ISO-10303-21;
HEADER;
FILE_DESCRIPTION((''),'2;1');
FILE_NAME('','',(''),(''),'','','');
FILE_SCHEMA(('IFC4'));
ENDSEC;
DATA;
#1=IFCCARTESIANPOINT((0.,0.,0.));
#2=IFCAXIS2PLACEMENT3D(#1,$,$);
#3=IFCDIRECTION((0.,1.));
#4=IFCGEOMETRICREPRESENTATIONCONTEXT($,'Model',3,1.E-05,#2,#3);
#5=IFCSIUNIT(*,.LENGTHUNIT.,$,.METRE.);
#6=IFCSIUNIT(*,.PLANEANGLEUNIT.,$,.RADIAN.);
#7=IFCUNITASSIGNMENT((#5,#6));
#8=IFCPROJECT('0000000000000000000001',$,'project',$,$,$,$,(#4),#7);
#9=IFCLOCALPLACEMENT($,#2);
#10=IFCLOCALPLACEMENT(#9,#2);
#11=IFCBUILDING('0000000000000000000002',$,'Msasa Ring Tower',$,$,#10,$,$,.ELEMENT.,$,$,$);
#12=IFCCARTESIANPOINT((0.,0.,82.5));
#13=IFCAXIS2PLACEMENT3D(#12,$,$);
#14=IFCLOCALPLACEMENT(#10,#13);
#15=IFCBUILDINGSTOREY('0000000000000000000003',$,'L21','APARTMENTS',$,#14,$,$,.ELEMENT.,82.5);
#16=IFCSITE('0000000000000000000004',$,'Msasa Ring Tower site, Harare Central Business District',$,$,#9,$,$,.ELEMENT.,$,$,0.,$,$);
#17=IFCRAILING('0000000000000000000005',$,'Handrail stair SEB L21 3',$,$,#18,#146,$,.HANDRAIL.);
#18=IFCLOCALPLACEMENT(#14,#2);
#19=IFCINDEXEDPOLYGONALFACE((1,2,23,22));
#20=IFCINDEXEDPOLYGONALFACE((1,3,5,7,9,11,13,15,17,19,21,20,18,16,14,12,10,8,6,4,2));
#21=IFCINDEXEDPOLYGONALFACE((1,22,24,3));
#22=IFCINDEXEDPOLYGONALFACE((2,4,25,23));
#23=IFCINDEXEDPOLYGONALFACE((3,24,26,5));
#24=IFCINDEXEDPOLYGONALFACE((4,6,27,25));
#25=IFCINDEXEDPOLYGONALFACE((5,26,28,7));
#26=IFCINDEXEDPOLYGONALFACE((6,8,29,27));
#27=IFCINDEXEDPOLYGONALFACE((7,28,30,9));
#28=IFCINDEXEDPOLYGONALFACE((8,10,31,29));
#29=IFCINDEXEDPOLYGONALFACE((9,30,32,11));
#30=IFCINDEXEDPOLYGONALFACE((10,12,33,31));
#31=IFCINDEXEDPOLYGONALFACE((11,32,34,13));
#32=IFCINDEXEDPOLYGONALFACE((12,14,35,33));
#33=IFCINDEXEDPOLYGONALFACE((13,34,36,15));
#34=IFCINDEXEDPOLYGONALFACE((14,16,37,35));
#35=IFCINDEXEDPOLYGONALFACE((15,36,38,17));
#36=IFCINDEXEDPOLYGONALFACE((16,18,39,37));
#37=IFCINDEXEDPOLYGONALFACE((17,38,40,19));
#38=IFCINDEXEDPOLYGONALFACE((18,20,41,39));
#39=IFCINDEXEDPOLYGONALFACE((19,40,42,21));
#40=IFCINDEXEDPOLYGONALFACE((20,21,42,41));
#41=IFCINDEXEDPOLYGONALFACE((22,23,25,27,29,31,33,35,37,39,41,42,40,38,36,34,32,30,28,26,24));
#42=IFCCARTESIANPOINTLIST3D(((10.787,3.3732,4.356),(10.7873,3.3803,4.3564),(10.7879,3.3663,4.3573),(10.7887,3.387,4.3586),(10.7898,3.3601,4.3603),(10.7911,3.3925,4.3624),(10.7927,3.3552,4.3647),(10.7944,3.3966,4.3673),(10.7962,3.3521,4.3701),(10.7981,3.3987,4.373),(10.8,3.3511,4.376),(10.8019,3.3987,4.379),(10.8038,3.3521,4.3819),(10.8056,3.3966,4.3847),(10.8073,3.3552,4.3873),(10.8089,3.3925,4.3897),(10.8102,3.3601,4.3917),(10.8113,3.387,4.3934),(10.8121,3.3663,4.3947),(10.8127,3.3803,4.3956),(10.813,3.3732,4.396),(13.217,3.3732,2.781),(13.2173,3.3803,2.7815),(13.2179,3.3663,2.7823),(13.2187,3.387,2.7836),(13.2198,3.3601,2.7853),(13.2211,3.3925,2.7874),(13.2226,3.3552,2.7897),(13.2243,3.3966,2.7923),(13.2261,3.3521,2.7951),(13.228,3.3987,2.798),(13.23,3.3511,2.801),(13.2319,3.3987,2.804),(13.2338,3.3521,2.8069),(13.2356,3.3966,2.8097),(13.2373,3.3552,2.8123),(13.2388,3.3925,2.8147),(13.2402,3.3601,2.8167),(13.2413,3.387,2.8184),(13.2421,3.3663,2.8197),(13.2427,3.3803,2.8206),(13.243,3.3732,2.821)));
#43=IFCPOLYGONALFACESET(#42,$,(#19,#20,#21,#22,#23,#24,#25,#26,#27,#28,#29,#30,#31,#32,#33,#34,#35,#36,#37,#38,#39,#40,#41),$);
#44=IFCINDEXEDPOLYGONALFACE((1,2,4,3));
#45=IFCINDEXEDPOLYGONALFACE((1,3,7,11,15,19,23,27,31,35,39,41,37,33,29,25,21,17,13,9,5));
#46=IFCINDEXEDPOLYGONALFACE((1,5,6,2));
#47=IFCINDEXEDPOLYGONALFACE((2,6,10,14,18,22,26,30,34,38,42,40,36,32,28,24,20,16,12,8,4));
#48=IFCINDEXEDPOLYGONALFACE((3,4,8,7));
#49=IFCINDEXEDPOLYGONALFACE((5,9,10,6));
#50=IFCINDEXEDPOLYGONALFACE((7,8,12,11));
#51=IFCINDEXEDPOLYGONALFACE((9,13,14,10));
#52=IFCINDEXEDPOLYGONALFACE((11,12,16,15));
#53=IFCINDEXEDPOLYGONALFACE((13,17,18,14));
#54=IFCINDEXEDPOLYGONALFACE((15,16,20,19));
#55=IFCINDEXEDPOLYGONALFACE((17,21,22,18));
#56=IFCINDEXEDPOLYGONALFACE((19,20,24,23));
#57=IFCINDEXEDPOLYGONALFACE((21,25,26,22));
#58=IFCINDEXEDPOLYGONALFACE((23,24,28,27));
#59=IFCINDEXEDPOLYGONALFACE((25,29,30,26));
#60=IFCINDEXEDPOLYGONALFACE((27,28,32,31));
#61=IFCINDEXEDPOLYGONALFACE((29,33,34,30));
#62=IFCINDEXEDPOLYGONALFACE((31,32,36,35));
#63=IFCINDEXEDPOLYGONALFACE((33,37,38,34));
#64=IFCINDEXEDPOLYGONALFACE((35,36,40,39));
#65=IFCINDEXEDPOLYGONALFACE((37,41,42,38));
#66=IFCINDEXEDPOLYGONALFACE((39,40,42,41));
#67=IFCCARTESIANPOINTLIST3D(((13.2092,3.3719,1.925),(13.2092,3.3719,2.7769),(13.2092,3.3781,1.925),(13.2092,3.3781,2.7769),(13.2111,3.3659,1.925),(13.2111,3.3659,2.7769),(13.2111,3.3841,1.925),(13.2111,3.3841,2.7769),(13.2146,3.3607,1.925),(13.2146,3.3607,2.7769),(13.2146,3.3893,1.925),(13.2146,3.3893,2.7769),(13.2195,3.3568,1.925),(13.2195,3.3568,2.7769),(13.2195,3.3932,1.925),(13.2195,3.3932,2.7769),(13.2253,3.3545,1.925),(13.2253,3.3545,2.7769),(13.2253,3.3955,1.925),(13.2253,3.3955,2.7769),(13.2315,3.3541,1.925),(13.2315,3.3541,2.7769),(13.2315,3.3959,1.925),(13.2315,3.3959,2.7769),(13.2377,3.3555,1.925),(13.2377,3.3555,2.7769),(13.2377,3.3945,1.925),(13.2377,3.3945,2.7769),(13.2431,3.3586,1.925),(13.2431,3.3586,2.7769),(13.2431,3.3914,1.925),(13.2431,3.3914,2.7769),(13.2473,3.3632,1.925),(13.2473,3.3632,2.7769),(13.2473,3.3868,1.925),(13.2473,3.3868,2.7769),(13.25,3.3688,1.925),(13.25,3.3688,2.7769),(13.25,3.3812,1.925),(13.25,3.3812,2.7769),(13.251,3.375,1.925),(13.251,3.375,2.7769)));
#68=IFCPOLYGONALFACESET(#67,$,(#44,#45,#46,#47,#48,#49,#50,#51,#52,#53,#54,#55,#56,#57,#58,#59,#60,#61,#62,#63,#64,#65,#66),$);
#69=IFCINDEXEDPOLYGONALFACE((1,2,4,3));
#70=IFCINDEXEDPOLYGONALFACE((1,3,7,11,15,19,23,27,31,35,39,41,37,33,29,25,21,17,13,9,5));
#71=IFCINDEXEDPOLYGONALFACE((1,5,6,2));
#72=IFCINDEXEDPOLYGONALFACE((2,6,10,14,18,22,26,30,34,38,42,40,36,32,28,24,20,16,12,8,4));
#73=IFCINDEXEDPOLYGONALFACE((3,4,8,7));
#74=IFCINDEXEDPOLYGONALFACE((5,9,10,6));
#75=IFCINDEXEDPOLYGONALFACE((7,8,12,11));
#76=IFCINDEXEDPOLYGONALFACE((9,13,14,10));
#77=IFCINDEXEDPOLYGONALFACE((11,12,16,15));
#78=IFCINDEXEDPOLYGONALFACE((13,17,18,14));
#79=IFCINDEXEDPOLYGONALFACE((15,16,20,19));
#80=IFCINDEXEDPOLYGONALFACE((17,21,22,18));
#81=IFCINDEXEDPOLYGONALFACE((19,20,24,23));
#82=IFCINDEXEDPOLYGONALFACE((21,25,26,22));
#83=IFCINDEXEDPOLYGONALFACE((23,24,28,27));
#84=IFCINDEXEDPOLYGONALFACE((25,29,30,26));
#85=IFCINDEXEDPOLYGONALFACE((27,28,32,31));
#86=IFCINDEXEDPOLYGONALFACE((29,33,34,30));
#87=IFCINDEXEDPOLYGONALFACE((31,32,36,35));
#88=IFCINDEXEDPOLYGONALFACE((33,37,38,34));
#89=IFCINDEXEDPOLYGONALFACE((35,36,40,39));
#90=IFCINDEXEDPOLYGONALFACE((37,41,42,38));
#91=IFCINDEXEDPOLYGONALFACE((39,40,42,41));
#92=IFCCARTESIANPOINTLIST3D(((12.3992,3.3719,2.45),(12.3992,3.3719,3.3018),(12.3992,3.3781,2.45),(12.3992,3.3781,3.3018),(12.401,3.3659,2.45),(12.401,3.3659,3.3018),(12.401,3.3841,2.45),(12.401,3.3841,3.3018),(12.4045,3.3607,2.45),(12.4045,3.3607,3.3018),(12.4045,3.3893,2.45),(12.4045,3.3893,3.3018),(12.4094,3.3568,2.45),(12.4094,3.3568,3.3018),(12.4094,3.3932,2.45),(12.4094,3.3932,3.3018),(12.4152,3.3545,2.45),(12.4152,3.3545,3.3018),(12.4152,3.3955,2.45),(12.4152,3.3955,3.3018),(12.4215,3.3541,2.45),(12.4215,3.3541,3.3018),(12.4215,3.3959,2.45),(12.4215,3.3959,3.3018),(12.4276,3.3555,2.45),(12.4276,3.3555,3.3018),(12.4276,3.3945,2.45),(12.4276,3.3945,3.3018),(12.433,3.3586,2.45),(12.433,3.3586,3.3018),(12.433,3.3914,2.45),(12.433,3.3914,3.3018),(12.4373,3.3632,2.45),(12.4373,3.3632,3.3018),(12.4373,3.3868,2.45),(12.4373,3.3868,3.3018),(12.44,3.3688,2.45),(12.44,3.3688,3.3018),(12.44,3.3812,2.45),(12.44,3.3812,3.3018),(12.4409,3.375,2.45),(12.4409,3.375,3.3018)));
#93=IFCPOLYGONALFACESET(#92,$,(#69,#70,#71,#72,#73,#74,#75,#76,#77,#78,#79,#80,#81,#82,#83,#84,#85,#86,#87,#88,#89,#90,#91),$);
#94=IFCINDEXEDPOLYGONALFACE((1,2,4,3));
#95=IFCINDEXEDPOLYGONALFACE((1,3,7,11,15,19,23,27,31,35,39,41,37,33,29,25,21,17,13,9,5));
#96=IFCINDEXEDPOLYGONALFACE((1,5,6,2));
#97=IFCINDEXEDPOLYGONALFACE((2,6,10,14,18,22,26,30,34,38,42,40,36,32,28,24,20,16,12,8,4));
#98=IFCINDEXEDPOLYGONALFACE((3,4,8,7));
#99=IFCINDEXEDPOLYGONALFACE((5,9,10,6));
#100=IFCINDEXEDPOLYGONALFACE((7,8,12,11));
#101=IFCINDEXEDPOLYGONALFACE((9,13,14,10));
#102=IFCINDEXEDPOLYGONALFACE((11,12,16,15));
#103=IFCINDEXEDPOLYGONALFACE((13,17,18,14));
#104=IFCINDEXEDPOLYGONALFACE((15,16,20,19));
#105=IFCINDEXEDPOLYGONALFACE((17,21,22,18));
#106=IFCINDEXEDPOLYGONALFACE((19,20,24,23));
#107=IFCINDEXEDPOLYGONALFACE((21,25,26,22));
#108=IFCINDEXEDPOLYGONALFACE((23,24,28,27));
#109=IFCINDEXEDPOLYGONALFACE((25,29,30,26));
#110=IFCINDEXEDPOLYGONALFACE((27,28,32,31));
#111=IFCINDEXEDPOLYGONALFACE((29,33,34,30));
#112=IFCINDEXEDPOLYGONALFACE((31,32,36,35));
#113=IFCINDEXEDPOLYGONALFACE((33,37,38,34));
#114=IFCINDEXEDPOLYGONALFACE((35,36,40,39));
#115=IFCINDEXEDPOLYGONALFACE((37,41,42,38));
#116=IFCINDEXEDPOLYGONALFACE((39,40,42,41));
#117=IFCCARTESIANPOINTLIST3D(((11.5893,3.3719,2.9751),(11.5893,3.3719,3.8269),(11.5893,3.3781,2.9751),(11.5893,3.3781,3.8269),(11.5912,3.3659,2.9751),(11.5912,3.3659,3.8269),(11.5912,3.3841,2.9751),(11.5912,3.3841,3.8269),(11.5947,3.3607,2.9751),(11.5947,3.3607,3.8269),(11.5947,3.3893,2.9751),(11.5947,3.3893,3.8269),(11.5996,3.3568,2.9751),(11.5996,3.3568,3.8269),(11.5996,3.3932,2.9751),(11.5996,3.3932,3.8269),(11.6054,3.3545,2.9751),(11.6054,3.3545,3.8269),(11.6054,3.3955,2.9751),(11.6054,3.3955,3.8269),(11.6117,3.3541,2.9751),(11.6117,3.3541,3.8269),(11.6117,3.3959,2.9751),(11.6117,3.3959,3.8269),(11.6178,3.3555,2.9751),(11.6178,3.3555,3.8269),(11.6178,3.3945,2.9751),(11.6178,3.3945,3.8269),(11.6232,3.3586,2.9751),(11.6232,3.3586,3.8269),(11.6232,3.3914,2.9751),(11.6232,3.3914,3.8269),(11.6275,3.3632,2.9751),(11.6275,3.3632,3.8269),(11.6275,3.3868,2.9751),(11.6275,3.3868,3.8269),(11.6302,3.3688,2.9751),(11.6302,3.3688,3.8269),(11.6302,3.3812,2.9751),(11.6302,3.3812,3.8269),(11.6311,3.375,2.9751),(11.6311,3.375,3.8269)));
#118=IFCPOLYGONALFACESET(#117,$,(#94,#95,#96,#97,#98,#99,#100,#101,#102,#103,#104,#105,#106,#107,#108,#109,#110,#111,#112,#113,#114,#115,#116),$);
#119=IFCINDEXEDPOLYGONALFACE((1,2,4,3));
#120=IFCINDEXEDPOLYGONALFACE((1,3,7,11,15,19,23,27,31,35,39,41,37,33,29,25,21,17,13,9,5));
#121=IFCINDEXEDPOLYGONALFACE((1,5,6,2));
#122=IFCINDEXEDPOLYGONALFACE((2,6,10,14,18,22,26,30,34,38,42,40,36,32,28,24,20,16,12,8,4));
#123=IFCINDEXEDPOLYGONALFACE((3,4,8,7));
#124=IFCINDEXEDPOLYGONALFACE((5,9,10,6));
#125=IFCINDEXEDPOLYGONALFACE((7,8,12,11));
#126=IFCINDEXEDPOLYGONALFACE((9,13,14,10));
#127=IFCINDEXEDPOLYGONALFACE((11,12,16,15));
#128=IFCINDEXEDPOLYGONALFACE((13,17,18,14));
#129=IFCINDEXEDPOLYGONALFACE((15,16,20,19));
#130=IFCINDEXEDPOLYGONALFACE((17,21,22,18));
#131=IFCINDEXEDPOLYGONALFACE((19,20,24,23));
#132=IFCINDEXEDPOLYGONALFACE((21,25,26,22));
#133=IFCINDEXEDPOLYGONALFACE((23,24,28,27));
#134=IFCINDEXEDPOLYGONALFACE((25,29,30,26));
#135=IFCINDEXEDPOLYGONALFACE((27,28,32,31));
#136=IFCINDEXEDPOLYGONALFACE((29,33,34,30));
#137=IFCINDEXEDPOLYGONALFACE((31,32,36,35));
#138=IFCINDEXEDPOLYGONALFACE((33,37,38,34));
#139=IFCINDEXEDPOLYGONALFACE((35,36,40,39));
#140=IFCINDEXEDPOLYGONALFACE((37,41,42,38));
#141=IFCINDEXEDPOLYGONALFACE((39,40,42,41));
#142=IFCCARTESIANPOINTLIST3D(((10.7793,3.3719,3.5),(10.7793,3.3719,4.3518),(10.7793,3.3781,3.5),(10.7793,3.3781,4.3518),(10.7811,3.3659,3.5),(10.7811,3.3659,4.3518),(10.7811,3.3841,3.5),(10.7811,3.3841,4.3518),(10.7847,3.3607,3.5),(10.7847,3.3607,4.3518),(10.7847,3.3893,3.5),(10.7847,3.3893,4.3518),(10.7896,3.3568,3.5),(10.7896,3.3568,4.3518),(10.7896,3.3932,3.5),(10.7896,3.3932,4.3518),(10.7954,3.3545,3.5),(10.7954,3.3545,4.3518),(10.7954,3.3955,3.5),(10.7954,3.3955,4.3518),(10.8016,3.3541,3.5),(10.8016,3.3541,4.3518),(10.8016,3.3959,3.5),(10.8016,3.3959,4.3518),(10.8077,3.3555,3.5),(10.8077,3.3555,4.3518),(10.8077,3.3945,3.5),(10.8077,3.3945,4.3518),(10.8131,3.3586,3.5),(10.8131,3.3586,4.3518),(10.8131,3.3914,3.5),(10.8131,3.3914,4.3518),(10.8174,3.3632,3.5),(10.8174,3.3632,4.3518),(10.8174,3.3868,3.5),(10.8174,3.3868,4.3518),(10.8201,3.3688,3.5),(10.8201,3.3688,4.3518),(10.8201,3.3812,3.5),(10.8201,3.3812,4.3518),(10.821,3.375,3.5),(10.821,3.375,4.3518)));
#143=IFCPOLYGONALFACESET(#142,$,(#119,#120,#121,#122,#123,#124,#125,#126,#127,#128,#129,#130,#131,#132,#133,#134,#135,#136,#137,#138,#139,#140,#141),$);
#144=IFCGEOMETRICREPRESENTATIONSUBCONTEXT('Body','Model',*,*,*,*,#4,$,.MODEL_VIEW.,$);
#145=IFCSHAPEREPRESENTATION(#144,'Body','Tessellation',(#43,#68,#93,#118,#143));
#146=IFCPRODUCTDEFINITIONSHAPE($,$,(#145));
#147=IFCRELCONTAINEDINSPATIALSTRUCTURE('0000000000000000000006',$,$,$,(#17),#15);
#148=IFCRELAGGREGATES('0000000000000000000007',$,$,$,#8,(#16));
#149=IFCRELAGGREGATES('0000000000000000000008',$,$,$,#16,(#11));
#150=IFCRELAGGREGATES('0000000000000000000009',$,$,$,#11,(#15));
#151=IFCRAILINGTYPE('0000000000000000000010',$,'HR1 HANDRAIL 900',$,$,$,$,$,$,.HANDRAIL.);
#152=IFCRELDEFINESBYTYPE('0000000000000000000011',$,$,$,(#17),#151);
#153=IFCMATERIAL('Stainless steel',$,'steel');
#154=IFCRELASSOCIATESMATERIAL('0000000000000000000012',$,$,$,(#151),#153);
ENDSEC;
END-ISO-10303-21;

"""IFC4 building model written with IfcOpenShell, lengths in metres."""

from ifc_helpers import new_model, si_unit, direction, frame, origin, origin_2d, place, context, subcontext, project, spatial, circle, extrude, material, type_object, element, save


model = new_model("IFC4")

# Units and contexts
model_context = context("Model", 3, precision=1e-05, world=origin(), true_north=direction((0.0, 1.0)))
body_context = subcontext(model_context, "Body", "Model", "MODEL_VIEW")
ifc_project = project(units=[si_unit("LENGTHUNIT", "METRE"), si_unit("PLANEANGLEUNIT", "RADIAN")], contexts=[model_context])

# Site, building, storey
site_placement = place(None, origin())
site = spatial("IfcSite", under=ifc_project, at=site_placement, Name="Msasa Ring Tower site, Harare Central Business District", CompositionType="ELEMENT", RefElevation=0.0)
building_placement = place(site_placement, origin())
building = spatial("IfcBuilding", under=site, at=building_placement, Name="Msasa Ring Tower", CompositionType="ELEMENT")
storey_placement = place(building_placement, frame((0.0, 0.0, 82.5)))
storey = spatial("IfcBuildingStorey", under=building, at=storey_placement, Name="L21", Description="APARTMENTS", CompositionType="ELEMENT", Elevation=82.5)

# Railing
ifc_material_1 = material(Name="Stainless steel", Category="steel")
railing_type = type_object("IfcRailingType", Name="HR1 HANDRAIL 900", PredefinedType="HANDRAIL", material=ifc_material_1)
for number, where, name in (
    (1, (13.23, 3.375, 1.925), "Handrail stair SEB L21 3"),
):
    element("IfcRailing", number, at=place(storey_placement, frame(where)), inside=storey, type_object=railing_type, Name=name, PredefinedType="HANDRAIL", context=body_context, shape_type="SweptSolid", body=[
        extrude(circle(Radius=0.0239, at=origin_2d()), frame((0.0, 0.0, 0.876), z_axis=(-0.839154, 0.0, 0.543894), x_axis=(0.0, -1.0, 0.0)), (0.0, 0.0, 1.0), 2.8958),
        extrude(circle(Radius=0.021, at=origin_2d()), origin(), (0.0, 0.0, 1.0), 0.8518),
        extrude(circle(Radius=0.021, at=origin_2d()), frame((-0.8101, 0.0, 0.5249)), (0.0, 0.0, 1.0), 0.8518),
        extrude(circle(Radius=0.021, at=origin_2d()), frame((-1.6199, 0.0, 1.05)), (0.0, 0.0, 1.0), 0.8518),
        extrude(circle(Radius=0.021, at=origin_2d()), frame((-2.4299, 0.0, 1.575)), (0.0, 0.0, 1.0), 0.8518),
    ])

save(model, "model.ifc")
